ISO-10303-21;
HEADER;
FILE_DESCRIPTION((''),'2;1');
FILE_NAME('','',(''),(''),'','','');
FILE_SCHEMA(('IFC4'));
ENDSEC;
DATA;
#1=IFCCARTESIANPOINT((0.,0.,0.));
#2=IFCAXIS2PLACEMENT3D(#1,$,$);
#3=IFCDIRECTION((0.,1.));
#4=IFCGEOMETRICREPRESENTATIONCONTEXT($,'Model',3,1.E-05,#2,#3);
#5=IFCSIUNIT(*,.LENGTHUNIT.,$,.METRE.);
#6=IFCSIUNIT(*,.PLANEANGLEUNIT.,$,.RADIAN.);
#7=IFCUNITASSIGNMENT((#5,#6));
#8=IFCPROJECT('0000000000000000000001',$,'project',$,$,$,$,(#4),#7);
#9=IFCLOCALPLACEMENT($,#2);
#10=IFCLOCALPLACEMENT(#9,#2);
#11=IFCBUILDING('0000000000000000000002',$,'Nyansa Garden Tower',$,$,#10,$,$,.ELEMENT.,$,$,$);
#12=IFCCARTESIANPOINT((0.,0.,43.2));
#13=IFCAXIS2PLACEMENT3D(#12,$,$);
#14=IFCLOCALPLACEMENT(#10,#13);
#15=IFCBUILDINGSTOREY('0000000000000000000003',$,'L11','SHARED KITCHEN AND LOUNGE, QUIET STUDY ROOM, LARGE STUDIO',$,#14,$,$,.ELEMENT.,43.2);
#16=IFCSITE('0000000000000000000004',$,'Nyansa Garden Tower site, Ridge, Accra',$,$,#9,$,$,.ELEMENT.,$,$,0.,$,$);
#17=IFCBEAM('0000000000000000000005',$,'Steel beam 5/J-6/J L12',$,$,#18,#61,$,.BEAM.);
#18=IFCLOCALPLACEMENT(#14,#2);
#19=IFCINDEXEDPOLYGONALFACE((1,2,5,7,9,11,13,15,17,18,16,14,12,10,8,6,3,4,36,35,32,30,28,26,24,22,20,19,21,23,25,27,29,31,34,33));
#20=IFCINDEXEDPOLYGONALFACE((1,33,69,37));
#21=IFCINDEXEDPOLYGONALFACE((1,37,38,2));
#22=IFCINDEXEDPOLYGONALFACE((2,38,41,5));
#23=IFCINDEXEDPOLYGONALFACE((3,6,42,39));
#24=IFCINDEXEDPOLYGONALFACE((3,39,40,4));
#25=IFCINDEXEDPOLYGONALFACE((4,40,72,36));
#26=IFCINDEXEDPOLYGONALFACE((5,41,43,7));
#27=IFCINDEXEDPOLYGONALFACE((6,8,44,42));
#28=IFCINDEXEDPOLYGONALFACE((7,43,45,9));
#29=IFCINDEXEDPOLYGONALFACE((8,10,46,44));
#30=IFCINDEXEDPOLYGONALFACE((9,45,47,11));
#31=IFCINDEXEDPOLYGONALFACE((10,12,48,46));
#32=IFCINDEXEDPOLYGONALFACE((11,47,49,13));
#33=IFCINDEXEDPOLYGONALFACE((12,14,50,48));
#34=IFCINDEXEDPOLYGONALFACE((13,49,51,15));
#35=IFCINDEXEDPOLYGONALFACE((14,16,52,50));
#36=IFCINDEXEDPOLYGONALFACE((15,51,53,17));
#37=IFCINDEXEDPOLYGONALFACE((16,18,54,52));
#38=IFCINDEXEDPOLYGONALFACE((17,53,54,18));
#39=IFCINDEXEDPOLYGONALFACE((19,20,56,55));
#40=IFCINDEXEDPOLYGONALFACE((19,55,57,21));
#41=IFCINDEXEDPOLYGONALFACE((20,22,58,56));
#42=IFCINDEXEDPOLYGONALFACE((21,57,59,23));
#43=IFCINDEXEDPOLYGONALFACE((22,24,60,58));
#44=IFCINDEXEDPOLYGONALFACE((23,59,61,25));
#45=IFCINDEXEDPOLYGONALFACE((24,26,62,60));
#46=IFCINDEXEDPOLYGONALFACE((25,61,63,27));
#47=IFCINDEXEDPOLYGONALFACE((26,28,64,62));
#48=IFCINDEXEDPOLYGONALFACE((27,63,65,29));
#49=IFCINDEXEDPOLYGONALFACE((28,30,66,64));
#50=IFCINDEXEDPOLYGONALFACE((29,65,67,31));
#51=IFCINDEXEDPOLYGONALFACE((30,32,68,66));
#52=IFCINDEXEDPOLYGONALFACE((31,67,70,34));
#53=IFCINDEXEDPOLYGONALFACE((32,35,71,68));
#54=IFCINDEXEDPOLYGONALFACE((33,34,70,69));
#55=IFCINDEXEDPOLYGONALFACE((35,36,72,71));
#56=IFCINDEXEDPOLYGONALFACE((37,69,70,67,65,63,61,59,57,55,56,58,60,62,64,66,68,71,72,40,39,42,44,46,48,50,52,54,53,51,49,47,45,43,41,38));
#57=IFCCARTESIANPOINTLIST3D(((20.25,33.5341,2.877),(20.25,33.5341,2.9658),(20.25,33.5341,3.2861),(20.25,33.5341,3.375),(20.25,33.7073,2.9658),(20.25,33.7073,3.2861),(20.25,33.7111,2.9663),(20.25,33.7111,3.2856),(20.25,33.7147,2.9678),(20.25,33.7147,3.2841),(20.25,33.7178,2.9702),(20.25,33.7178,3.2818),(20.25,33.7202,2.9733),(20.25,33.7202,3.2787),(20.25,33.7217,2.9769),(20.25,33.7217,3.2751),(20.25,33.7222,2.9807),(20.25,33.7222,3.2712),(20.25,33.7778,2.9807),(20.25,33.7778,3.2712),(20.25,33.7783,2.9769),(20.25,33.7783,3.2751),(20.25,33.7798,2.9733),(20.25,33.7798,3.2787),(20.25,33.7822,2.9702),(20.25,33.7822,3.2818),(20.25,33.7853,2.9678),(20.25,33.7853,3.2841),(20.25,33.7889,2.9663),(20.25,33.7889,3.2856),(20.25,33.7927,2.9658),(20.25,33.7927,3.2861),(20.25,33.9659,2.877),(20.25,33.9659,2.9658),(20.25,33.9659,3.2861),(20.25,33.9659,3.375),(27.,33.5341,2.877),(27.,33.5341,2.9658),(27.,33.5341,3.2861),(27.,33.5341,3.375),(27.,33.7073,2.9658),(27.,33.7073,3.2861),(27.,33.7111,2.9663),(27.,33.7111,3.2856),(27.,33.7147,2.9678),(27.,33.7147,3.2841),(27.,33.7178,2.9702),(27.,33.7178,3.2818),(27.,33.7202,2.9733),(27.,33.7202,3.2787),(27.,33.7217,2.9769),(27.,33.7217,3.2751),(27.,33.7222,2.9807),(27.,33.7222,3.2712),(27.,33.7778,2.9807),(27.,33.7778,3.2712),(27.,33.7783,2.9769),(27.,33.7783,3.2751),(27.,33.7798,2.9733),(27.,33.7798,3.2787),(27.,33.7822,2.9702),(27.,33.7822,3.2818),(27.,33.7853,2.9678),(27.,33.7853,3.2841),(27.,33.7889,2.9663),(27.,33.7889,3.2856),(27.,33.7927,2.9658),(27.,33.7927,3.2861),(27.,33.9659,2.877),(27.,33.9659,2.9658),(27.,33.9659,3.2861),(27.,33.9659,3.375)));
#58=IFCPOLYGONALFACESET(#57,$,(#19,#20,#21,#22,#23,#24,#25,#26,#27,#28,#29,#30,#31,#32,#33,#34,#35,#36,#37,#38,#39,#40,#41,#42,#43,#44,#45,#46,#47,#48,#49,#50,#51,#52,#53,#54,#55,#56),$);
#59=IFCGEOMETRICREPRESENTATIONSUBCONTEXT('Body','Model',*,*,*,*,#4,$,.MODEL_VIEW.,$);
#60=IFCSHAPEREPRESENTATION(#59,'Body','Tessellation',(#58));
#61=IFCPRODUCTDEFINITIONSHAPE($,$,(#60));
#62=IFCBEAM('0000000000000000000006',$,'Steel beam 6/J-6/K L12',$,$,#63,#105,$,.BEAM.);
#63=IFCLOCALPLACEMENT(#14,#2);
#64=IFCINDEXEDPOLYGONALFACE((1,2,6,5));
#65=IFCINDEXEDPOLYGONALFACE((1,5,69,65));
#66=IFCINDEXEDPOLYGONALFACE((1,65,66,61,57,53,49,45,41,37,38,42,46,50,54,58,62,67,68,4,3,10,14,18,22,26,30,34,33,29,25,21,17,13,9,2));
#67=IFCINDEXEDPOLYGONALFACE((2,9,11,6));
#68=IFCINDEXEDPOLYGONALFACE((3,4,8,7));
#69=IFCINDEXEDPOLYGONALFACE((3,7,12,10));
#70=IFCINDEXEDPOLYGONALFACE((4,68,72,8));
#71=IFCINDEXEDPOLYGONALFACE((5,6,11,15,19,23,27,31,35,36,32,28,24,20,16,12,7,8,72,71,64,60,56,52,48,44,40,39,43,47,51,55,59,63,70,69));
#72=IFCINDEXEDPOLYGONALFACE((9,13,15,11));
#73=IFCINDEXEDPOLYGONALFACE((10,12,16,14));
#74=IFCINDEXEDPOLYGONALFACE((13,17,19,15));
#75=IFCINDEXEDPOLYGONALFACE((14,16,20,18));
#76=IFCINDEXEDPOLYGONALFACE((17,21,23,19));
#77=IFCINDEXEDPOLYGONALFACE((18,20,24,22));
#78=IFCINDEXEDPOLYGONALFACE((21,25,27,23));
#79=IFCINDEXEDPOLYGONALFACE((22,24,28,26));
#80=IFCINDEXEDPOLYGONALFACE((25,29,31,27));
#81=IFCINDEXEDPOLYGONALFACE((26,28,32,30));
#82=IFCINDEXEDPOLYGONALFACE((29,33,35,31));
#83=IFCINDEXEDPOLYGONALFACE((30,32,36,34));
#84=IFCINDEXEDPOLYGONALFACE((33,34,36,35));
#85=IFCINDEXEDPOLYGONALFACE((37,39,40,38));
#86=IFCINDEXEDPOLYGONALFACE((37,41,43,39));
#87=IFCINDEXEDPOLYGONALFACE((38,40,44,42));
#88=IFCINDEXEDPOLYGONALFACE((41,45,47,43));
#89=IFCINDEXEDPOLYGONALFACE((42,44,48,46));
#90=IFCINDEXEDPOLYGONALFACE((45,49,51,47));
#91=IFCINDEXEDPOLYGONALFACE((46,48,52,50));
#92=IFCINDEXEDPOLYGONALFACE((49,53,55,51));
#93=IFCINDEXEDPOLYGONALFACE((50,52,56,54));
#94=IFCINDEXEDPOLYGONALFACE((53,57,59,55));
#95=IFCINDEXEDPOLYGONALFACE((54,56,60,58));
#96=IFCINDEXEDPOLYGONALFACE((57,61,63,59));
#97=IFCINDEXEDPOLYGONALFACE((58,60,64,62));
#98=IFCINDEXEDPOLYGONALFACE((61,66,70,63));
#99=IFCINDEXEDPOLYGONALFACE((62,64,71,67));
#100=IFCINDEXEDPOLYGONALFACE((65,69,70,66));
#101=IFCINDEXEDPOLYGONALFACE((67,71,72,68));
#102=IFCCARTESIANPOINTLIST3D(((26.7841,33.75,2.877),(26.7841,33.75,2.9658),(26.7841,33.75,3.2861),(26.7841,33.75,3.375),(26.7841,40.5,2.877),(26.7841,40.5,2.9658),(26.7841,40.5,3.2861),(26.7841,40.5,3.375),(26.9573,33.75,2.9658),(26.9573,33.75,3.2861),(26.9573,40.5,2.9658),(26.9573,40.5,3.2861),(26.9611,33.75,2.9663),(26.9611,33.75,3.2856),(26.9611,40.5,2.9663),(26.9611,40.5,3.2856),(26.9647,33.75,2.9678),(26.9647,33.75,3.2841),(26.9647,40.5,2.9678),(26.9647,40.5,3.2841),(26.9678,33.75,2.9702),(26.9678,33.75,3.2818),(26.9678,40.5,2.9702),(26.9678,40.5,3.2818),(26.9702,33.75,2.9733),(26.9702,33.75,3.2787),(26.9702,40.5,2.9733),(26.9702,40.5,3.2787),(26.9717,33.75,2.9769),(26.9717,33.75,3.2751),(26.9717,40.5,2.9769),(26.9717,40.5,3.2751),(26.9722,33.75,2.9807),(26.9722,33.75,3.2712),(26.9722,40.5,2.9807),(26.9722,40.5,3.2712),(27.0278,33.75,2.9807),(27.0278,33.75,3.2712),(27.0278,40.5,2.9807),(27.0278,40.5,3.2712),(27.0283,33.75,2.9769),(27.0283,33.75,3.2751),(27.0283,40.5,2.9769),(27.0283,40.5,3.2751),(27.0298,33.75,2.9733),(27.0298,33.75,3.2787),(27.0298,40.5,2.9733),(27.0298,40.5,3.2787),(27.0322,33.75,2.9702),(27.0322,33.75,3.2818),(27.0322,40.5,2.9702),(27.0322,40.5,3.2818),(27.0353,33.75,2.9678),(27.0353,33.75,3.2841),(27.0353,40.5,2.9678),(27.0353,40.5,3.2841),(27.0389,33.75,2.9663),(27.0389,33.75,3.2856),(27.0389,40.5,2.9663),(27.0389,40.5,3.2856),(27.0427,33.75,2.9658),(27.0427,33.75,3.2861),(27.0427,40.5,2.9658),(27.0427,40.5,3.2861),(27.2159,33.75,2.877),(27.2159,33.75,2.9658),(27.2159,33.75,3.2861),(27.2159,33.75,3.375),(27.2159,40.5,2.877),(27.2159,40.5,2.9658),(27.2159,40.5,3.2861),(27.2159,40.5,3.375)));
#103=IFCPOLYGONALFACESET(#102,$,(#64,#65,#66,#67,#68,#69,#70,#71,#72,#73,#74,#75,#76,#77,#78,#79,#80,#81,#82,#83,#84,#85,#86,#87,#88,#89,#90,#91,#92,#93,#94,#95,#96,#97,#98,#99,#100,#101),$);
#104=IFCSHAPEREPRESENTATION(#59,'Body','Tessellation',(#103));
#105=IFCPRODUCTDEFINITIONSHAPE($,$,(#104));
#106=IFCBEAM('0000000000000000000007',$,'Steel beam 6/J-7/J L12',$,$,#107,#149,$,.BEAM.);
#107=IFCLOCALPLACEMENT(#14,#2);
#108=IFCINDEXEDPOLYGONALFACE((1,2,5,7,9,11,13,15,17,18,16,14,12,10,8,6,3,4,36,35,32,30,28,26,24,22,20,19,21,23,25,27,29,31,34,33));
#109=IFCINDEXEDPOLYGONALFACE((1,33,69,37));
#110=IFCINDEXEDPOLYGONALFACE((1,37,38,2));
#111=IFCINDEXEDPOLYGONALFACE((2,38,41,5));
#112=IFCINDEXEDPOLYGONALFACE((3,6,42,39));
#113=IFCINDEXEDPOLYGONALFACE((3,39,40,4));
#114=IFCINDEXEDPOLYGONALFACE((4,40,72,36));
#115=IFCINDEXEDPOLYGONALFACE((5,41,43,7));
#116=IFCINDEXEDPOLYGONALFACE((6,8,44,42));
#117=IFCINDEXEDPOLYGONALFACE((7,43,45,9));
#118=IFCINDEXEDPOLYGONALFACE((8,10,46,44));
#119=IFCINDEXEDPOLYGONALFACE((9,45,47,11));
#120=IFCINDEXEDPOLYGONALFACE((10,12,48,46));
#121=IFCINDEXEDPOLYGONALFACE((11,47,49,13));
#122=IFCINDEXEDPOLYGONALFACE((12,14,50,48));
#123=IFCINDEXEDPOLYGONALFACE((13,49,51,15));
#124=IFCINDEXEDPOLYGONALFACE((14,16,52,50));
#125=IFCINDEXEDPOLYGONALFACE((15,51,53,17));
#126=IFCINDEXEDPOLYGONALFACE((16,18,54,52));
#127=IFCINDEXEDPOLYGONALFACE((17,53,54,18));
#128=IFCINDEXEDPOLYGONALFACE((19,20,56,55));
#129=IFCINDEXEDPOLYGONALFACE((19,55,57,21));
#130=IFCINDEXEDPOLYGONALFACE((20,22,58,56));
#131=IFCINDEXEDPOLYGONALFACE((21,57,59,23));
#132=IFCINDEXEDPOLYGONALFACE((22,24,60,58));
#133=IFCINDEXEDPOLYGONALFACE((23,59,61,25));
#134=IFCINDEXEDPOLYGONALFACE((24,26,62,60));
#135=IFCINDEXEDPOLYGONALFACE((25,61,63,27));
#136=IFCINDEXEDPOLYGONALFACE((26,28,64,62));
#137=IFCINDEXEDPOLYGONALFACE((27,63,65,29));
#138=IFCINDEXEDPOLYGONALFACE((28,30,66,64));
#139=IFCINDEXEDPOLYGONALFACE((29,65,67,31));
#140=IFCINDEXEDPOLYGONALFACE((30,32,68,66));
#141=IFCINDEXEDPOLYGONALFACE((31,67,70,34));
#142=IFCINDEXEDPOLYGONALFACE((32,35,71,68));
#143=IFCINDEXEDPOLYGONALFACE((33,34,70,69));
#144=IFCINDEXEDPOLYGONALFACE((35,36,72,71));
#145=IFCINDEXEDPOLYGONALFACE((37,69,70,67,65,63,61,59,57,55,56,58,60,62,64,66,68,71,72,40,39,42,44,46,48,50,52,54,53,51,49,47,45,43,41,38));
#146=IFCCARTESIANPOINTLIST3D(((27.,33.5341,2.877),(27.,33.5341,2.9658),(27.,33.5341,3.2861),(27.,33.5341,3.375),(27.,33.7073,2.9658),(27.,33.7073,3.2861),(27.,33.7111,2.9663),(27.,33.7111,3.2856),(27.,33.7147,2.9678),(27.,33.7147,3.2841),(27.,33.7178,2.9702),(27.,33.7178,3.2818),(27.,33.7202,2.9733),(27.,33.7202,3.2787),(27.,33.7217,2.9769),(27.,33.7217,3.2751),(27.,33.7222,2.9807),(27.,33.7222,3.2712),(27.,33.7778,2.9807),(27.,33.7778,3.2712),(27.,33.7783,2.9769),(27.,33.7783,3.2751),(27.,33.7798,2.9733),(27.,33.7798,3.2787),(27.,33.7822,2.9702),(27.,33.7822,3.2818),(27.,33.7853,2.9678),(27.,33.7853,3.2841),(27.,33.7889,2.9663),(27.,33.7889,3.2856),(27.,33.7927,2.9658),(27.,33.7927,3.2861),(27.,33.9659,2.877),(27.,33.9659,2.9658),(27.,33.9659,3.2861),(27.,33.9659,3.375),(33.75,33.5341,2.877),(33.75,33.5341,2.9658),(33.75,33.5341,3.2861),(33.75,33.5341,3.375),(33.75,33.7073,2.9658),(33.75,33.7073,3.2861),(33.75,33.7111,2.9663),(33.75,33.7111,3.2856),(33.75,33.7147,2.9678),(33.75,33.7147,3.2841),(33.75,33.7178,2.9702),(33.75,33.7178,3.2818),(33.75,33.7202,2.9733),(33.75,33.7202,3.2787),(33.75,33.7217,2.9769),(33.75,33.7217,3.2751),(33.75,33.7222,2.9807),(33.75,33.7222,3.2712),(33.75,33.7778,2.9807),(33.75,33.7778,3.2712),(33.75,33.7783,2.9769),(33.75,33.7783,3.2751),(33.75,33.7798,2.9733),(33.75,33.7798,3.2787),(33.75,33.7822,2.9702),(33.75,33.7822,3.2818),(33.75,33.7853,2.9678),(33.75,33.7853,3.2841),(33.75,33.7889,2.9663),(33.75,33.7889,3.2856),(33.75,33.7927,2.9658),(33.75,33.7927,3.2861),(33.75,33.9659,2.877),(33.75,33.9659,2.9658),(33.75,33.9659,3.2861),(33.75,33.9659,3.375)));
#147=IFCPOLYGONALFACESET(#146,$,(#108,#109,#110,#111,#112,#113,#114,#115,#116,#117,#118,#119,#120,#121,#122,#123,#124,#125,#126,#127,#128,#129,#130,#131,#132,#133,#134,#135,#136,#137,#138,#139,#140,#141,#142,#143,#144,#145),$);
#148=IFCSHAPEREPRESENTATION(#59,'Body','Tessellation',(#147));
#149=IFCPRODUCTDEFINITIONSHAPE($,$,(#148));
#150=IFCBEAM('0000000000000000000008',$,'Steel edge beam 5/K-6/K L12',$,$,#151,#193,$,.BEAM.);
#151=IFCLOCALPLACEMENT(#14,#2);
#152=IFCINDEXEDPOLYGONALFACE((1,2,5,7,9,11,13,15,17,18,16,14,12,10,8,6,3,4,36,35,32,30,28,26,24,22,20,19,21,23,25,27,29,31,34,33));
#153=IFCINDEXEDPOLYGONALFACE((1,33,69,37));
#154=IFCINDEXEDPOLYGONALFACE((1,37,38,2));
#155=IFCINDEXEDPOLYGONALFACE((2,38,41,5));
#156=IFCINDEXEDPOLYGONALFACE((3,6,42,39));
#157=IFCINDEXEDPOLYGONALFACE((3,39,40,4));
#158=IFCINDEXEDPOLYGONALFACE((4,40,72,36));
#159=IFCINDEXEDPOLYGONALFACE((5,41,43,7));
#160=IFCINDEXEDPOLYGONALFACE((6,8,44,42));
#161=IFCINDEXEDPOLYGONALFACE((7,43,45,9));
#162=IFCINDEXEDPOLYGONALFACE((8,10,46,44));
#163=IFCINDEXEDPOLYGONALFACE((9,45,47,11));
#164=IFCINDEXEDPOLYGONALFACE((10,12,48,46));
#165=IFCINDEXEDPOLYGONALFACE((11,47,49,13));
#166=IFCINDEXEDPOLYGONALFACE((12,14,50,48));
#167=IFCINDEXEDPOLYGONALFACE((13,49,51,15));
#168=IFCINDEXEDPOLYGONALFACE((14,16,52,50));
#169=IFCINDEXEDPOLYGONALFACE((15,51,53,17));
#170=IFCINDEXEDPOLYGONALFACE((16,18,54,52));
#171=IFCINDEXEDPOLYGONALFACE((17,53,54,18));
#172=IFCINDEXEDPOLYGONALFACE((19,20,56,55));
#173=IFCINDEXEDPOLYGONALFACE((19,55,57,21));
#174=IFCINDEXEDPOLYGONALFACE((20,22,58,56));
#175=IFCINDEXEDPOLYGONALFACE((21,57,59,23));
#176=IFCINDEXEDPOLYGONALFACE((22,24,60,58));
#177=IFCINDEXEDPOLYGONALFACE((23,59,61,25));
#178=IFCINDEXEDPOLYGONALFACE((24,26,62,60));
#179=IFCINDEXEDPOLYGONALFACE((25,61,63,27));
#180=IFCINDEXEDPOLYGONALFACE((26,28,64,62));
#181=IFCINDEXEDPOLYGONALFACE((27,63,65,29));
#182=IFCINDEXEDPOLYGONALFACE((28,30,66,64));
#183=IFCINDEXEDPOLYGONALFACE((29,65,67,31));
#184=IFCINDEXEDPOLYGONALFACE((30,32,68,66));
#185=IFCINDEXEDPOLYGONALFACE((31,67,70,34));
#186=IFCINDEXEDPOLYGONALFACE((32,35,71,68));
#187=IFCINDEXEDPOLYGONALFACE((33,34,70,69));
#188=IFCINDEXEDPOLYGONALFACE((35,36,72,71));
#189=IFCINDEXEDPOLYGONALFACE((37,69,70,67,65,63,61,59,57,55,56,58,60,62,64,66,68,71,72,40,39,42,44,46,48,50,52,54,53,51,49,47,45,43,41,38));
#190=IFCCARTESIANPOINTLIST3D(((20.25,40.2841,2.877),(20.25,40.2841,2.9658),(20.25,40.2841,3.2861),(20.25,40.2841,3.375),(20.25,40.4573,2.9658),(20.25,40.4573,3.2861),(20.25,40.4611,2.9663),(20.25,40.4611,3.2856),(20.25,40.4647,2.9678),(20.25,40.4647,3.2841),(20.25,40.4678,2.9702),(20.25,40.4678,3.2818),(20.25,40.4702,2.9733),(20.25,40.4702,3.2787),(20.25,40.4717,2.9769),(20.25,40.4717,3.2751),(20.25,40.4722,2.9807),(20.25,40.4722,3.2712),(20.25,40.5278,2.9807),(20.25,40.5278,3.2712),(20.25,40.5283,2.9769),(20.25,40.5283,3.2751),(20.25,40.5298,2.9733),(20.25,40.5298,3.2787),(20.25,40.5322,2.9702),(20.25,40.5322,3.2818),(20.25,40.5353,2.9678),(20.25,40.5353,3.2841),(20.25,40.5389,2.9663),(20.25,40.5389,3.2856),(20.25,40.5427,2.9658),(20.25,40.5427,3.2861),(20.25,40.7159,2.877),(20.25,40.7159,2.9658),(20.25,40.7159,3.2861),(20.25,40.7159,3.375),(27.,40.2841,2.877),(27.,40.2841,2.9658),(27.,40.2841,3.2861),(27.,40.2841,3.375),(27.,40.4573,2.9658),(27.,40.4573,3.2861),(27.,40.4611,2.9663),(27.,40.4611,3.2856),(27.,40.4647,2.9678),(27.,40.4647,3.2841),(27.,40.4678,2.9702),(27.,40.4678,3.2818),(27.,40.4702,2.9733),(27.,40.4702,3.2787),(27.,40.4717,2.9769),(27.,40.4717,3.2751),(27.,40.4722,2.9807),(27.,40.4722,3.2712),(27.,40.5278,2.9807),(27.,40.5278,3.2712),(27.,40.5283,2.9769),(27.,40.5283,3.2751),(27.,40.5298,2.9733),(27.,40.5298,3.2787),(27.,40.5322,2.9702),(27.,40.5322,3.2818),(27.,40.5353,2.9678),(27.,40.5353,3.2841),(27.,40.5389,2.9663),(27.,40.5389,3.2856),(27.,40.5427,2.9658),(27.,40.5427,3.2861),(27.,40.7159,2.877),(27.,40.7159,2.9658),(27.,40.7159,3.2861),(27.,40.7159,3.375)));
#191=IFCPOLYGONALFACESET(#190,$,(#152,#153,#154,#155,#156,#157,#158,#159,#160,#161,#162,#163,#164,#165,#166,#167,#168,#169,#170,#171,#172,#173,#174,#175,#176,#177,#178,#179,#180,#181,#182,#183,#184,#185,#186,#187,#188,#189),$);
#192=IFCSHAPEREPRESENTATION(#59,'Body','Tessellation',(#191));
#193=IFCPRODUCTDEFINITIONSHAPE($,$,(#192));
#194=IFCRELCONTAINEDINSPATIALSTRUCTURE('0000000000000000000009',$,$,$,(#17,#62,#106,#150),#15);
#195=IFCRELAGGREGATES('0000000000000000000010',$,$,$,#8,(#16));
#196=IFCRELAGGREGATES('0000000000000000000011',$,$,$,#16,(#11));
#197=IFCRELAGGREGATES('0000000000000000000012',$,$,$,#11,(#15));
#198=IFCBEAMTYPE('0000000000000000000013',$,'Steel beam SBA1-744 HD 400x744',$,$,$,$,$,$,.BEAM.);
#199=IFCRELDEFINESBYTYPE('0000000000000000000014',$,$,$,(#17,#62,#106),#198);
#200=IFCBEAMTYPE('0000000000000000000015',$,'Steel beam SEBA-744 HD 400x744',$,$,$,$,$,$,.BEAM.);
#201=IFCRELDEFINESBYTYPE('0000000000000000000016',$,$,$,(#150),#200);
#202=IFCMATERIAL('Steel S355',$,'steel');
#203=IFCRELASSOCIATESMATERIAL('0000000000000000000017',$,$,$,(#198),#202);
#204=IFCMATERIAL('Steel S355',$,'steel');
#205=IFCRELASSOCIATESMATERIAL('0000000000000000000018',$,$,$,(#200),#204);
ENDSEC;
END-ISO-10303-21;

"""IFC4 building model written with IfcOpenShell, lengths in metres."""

from ifc_helpers import new_model, si_unit, direction, frame, origin, origin_2d, place, context, subcontext, project, spatial, i_section, extrude, material, material_profile, profile_set, type_object, element, save


model = new_model("IFC4")

# Units and contexts
model_context = context("Model", 3, precision=1e-05, world=origin(), true_north=direction((0.0, 1.0)))
body_context = subcontext(model_context, "Body", "Model", "MODEL_VIEW")
ifc_project = project(units=[si_unit("LENGTHUNIT", "METRE"), si_unit("PLANEANGLEUNIT", "RADIAN")], contexts=[model_context])

# Site, building, storey
site_placement = place(None, origin())
site = spatial("IfcSite", under=ifc_project, at=site_placement, Name="Nyansa Garden Tower site, Ridge, Accra", CompositionType="ELEMENT", RefElevation=0.0)
building_placement = place(site_placement, origin())
building = spatial("IfcBuilding", under=site, at=building_placement, Name="Nyansa Garden Tower", CompositionType="ELEMENT")
storey_placement = place(building_placement, frame((0.0, 0.0, 43.2)))
storey = spatial("IfcBuildingStorey", under=building, at=storey_placement, Name="L11", Description="SHARED KITCHEN AND LOUNGE, QUIET STUDY ROOM, LARGE STUDIO", CompositionType="ELEMENT", Elevation=43.2)

# Beams
ifc_material_1 = material(Name="Steel S355", Category="steel")
ifc_material_profile_1 = material_profile(ifc_material_1, i_section(OverallWidth=0.4319, OverallDepth=0.498, WebThickness=0.0557, FlangeThickness=0.0889, FilletRadius=0.0149, at=origin_2d()), Name="HD 400x744")
ifc_profile_set_1 = profile_set([ifc_material_profile_1], Name="Steel S355")
beam_type_1 = type_object("IfcBeamType", Name="Steel beam SBA1-744 HD 400x744", PredefinedType="BEAM", material=ifc_profile_set_1)
for number, where, z_axis, x_axis, name in (
    (1, (20.25, 33.75, 3.126), (1.0, 0.0, 0.0), (0.0, 1.0, 0.0), "Steel beam 5/J-6/J L12"),
    (2, (27.0, 33.75, 3.126), (0.0, 1.0, 0.0), (-1.0, 0.0, 0.0), "Steel beam 6/J-6/K L12"),
    (3, (27.0, 33.75, 3.126), (1.0, 0.0, 0.0), (0.0, 1.0, 0.0), "Steel beam 6/J-7/J L12"),
):
    element("IfcBeam", number, at=place(storey_placement, frame(where, z_axis=z_axis, x_axis=x_axis)), inside=storey, type_object=beam_type_1, Name=name, PredefinedType="BEAM", context=body_context, shape_type="SweptSolid", body=[
        extrude(i_section(OverallWidth=0.4319, OverallDepth=0.498, WebThickness=0.0557, FlangeThickness=0.0889, FilletRadius=0.0149, at=origin_2d()), origin(), (0.0, 0.0, 1.0), 6.75),
    ])
ifc_material_2 = material(Name="Steel S355", Category="steel")
ifc_material_profile_2 = material_profile(ifc_material_2, i_section(OverallWidth=0.4319, OverallDepth=0.498, WebThickness=0.0557, FlangeThickness=0.0889, FilletRadius=0.0149, at=origin_2d()), Name="HD 400x744")
ifc_profile_set_2 = profile_set([ifc_material_profile_2], Name="Steel S355")
beam_type_2 = type_object("IfcBeamType", Name="Steel beam SEBA-744 HD 400x744", PredefinedType="BEAM", material=ifc_profile_set_2)
for number, where, z_axis, x_axis, name in (
    (4, (20.25, 40.5, 3.126), (1.0, 0.0, 0.0), (0.0, 1.0, 0.0), "Steel edge beam 5/K-6/K L12"),
):
    element("IfcBeam", number, at=place(storey_placement, frame(where, z_axis=z_axis, x_axis=x_axis)), inside=storey, type_object=beam_type_2, Name=name, PredefinedType="BEAM", context=body_context, shape_type="SweptSolid", body=[
        extrude(i_section(OverallWidth=0.4319, OverallDepth=0.498, WebThickness=0.0557, FlangeThickness=0.0889, FilletRadius=0.0149, at=origin_2d()), origin(), (0.0, 0.0, 1.0), 6.75),
    ])

save(model, "model.ifc")
